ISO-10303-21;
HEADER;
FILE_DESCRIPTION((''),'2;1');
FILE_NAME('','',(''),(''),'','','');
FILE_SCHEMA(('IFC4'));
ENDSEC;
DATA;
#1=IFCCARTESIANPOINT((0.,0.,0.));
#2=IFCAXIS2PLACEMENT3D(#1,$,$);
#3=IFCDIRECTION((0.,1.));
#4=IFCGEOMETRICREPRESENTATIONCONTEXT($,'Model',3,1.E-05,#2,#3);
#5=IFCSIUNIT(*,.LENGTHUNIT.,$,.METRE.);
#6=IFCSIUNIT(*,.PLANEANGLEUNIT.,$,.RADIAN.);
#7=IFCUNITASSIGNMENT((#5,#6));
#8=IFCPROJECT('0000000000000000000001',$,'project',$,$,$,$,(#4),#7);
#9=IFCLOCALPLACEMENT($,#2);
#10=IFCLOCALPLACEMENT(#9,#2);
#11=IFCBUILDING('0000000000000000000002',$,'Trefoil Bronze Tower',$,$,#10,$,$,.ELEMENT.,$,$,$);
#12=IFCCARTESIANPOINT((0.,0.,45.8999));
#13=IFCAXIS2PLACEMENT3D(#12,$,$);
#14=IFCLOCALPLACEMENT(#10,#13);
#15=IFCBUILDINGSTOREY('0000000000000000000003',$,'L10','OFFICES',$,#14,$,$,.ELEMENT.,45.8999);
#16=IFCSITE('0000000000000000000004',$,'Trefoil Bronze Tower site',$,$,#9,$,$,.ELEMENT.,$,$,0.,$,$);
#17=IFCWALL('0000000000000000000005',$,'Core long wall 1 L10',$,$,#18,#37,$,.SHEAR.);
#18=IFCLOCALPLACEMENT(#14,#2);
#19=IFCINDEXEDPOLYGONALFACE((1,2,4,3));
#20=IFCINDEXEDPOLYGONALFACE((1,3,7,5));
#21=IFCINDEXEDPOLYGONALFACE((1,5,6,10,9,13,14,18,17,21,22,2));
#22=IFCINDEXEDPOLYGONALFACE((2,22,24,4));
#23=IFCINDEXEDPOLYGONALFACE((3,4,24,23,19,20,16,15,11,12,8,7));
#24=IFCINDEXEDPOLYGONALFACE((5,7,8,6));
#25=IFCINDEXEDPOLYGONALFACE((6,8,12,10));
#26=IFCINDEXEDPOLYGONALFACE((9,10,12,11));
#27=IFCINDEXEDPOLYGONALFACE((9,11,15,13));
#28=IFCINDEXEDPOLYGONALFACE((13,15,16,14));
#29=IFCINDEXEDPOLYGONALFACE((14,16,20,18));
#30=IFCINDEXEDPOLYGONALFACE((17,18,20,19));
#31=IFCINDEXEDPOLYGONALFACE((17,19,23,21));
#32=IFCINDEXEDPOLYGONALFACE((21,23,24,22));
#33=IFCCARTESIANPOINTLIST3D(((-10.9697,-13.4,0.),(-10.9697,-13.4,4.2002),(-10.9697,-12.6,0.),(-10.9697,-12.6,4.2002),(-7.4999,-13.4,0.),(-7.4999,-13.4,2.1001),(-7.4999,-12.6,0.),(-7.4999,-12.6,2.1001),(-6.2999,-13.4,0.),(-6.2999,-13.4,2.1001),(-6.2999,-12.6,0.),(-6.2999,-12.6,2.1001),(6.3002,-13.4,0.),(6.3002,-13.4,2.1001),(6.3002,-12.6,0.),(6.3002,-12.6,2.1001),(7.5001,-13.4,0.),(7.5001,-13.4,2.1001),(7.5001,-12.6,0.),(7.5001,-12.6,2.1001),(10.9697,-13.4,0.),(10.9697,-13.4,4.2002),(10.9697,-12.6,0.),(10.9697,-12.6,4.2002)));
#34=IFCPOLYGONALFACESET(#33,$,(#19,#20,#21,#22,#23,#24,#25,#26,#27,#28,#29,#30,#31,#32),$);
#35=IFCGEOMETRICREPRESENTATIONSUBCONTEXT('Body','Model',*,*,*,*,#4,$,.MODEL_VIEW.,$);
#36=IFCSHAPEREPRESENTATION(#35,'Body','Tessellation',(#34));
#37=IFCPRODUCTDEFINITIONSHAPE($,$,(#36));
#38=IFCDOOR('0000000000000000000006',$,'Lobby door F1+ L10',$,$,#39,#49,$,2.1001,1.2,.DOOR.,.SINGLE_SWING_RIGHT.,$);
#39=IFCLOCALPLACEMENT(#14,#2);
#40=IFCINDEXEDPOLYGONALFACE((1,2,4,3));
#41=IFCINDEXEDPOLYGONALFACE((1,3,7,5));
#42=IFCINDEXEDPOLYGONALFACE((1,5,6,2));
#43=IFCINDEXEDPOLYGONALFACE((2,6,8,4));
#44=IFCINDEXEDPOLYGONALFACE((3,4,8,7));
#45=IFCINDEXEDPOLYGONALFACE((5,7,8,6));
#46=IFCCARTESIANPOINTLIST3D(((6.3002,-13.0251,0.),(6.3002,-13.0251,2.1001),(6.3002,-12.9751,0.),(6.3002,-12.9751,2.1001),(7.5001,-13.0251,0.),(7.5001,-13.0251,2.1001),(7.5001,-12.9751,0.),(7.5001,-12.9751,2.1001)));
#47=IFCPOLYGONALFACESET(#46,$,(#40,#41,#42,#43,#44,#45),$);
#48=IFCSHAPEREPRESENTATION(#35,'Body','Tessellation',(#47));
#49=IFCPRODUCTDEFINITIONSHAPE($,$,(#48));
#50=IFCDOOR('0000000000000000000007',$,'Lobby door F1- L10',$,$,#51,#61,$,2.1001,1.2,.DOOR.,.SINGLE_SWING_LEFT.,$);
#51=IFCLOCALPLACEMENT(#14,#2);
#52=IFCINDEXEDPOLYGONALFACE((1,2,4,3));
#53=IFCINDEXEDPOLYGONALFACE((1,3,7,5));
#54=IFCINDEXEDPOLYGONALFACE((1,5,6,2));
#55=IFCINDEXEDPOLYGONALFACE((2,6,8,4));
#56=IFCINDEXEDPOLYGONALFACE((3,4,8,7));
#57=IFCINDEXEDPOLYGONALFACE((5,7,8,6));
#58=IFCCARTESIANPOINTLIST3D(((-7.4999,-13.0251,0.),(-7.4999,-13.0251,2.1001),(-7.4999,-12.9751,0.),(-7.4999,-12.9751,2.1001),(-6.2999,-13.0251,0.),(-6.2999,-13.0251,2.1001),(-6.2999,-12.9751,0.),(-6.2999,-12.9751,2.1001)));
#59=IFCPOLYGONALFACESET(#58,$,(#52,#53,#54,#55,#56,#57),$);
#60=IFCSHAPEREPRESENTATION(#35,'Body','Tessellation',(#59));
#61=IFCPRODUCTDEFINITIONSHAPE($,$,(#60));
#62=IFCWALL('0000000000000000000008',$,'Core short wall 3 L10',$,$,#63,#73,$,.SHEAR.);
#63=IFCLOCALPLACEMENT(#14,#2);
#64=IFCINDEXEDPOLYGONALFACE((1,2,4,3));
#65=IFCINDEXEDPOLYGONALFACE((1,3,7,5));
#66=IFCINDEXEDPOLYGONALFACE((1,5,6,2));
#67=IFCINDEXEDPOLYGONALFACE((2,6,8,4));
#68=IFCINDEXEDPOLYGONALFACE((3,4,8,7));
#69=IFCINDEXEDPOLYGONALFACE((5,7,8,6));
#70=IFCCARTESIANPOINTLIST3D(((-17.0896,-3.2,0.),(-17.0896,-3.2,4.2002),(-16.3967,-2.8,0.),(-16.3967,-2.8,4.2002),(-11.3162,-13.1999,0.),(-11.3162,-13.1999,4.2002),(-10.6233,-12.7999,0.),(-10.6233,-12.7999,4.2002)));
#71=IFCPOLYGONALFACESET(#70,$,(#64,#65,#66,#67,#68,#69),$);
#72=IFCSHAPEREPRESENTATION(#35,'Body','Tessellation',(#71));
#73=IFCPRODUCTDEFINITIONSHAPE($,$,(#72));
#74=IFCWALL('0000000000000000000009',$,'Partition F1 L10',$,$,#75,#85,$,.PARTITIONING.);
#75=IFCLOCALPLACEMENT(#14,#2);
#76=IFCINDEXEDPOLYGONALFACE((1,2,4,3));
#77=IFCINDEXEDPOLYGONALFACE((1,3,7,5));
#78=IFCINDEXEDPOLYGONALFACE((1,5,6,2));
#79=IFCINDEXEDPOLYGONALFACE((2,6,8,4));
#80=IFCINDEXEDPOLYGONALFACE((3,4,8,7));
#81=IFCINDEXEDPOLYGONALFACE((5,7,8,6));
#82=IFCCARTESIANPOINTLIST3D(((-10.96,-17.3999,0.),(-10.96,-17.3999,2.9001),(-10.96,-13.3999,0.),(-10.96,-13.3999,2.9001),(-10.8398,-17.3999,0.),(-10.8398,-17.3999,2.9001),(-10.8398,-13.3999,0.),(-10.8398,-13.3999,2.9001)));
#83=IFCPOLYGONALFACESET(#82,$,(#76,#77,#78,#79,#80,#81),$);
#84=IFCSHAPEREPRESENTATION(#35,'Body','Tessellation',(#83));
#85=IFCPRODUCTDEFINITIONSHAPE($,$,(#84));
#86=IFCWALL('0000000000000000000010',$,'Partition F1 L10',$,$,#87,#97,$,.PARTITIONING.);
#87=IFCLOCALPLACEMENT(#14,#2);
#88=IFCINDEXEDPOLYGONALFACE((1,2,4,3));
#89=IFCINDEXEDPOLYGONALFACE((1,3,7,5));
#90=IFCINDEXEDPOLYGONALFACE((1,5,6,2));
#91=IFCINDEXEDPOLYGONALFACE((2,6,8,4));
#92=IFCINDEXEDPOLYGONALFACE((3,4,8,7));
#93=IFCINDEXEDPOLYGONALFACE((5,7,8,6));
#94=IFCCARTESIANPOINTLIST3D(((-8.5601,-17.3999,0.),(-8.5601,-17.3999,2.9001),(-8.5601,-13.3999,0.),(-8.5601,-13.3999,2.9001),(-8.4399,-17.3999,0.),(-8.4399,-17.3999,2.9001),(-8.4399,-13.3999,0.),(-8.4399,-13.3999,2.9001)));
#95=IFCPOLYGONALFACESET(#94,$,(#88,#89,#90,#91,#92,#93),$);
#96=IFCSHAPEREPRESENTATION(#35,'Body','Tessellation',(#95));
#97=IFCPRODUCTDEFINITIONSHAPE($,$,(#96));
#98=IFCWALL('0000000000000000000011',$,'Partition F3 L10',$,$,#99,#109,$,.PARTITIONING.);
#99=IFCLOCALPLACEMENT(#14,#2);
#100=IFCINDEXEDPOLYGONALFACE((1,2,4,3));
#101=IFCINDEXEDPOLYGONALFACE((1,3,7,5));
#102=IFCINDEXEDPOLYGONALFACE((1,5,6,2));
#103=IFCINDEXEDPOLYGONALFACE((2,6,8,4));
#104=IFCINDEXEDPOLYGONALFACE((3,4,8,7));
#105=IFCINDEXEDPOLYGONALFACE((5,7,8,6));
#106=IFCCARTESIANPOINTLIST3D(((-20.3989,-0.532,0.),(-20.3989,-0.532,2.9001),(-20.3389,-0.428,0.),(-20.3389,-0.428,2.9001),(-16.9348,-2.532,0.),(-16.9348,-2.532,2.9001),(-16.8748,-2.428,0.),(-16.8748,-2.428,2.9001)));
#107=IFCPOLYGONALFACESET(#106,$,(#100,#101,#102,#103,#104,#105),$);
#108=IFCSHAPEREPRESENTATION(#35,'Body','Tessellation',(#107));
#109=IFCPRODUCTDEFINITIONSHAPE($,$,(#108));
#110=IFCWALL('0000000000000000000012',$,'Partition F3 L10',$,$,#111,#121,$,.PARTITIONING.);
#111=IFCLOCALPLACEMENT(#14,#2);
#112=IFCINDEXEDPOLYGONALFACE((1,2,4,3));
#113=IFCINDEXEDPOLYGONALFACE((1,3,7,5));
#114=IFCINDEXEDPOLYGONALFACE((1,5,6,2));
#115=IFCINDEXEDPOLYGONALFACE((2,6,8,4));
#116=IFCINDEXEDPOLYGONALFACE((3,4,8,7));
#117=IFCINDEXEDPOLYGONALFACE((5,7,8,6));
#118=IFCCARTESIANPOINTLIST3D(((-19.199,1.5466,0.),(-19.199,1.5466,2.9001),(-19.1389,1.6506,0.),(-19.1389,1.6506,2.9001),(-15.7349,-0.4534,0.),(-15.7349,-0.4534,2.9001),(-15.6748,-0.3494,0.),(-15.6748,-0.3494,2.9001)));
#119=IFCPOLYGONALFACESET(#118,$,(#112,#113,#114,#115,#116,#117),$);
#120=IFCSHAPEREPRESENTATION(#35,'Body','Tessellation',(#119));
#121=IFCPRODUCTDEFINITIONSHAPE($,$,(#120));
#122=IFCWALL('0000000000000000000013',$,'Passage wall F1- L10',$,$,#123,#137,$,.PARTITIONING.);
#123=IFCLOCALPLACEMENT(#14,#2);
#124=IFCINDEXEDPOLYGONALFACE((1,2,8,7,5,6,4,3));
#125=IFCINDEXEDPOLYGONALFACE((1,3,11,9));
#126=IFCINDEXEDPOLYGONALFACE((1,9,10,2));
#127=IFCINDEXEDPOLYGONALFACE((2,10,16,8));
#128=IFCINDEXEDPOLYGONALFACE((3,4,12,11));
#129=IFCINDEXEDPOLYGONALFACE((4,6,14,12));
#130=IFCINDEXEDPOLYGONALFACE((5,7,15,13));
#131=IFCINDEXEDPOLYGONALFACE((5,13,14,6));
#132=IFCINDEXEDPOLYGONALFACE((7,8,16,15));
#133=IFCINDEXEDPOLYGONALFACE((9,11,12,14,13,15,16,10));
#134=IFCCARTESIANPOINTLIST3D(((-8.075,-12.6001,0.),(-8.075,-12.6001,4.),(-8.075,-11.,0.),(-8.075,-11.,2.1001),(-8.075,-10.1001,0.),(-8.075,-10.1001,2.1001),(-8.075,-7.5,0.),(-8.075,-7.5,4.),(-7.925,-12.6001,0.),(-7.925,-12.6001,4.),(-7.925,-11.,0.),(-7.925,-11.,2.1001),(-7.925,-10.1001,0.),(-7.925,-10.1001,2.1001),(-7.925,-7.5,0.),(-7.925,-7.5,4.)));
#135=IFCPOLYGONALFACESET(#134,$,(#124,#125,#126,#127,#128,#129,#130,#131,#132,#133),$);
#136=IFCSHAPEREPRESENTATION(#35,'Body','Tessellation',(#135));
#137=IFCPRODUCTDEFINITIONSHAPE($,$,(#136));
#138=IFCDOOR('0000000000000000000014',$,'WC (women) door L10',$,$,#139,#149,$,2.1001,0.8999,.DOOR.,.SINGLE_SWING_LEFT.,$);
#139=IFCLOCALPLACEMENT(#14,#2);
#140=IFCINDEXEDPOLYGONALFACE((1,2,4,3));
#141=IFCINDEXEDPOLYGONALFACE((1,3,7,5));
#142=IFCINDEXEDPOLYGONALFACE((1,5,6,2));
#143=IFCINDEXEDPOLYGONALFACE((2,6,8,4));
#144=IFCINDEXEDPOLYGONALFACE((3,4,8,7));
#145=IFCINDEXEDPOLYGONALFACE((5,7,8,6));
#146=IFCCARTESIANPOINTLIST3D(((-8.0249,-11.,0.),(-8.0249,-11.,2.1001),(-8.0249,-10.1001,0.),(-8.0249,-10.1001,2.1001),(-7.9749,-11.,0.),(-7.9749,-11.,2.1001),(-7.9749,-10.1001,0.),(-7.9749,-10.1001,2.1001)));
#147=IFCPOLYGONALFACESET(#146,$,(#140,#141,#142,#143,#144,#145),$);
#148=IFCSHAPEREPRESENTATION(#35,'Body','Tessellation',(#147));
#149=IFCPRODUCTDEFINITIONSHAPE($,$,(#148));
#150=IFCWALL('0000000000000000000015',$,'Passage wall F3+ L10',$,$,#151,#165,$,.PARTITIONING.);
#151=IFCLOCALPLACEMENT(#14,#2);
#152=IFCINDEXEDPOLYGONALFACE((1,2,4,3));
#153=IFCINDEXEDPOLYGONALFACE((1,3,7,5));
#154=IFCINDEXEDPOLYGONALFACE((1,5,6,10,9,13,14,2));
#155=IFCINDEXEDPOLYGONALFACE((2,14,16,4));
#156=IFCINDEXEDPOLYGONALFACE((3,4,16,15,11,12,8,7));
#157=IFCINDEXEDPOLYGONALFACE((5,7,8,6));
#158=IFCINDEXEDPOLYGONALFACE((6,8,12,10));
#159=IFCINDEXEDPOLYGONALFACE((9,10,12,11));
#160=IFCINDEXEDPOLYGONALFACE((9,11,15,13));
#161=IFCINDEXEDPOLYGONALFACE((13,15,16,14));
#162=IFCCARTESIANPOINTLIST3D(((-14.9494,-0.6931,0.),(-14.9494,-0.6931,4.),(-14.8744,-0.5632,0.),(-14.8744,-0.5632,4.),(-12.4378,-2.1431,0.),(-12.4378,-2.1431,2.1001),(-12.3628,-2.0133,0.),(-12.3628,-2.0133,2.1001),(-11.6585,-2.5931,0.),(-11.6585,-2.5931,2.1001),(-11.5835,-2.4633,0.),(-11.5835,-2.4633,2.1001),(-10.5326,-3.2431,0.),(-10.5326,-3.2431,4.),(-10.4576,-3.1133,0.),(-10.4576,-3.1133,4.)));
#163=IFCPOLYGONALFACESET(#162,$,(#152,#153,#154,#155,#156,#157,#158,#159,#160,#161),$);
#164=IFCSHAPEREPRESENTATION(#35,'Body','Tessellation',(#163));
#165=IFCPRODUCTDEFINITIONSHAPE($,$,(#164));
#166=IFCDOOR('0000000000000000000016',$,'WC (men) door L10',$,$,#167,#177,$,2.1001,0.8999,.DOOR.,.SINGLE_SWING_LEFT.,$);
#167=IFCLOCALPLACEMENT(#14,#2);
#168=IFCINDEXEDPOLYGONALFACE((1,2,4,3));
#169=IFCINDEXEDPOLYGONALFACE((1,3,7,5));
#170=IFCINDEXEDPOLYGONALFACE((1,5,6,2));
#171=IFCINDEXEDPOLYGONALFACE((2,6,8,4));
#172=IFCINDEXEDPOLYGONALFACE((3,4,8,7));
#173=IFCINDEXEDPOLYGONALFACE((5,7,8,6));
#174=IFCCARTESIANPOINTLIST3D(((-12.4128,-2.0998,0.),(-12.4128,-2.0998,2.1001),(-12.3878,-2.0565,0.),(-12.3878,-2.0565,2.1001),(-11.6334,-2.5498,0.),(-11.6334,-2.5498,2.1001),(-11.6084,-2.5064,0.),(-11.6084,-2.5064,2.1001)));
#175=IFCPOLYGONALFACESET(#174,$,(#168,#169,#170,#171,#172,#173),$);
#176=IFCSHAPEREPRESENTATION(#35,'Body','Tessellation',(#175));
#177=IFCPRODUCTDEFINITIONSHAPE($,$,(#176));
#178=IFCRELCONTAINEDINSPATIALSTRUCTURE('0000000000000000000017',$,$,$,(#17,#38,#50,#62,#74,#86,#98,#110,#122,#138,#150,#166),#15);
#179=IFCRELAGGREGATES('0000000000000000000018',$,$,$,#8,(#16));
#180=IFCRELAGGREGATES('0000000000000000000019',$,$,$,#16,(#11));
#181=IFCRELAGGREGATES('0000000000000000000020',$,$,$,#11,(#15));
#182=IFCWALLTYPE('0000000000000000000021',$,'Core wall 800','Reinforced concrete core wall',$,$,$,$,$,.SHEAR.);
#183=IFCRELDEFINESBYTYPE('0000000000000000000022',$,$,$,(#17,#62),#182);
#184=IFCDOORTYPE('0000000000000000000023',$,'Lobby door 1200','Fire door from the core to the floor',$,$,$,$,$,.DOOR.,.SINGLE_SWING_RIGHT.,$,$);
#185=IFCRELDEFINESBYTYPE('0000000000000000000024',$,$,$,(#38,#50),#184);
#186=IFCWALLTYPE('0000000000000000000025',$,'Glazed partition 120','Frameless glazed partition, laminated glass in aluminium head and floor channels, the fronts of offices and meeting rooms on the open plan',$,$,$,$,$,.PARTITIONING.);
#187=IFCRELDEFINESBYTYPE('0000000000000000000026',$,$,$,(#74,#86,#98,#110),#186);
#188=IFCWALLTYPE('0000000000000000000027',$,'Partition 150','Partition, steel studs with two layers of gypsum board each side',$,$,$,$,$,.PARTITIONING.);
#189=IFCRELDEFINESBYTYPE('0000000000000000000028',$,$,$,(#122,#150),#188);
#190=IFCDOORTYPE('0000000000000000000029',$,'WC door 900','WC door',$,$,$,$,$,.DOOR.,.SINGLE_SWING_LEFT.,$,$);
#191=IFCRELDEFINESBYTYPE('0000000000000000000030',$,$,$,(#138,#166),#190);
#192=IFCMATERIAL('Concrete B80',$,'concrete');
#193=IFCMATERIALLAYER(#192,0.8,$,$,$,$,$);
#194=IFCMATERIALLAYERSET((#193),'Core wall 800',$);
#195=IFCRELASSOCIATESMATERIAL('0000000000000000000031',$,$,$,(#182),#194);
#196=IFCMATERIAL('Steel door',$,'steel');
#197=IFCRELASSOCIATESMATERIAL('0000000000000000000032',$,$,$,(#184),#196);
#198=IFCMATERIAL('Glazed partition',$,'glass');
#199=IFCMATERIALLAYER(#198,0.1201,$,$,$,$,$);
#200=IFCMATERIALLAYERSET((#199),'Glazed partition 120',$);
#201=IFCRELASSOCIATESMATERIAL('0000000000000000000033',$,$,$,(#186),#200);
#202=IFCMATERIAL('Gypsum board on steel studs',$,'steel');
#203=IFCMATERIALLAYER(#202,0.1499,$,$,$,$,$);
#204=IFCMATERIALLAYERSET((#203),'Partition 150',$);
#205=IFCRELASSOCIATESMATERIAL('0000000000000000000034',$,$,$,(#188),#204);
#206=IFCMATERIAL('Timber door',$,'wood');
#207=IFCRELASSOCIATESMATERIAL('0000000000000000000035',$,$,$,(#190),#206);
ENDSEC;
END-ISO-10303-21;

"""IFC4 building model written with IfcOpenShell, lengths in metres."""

from ifc_helpers import new_model, si_unit, direction, frame, frame_2d, origin, place, context, subcontext, project, spatial, rectangle, extrude, material, layer, layer_set, type_object, element, fill, save


model = new_model("IFC4")

# Units and contexts
model_context = context("Model", 3, precision=1e-05, world=origin(), true_north=direction((0.0, 1.0)))
body_context = subcontext(model_context, "Body", "Model", "MODEL_VIEW")
ifc_project = project(units=[si_unit("LENGTHUNIT", "METRE"), si_unit("PLANEANGLEUNIT", "RADIAN")], contexts=[model_context])

# Site, building, storey
site_placement = place(None, origin())
site = spatial("IfcSite", under=ifc_project, at=site_placement, Name="Trefoil Bronze Tower site", CompositionType="ELEMENT", RefElevation=0.0)
building_placement = place(site_placement, origin())
building = spatial("IfcBuilding", under=site, at=building_placement, Name="Trefoil Bronze Tower", CompositionType="ELEMENT")
storey_placement = place(building_placement, frame((0.0, 0.0, 45.8999)))
storey = spatial("IfcBuildingStorey", under=building, at=storey_placement, Name="L10", Description="OFFICES", CompositionType="ELEMENT", Elevation=45.8999)

# Wall, openings, doors
ifc_material_1 = material(Name="Concrete B80", Category="concrete")
ifc_layer_1 = layer(ifc_material_1, 0.8)
ifc_layer_set_1 = layer_set([ifc_layer_1], Name="Core wall 800")
wall_type_1 = type_object("IfcWallType", Name="Core wall 800", Description="Reinforced concrete core wall", PredefinedType="SHEAR", material=ifc_layer_set_1)
wall_1_placement = place(storey_placement, frame((-10.9697, -13.0, 0.0), z_axis=(0.0, 0.0, 1.0), x_axis=(1.0, 0.0, 0.0)))
wall_1 = element("IfcWall", 1, at=wall_1_placement, inside=storey, type_object=wall_type_1, Name="Core long wall 1 L10", PredefinedType="SHEAR", context=body_context, shape_type="SweptSolid", body=[
    extrude(rectangle(XDim=21.9395, YDim=0.8, at=frame_2d((10.9697, 0.0))), origin(), (0.0, 0.0, 1.0), 4.2002),
])
opening_1_placement = place(wall_1_placement, frame((17.2698, 0.0, 0.0)))
opening_1 = element("IfcOpeningElement", 2, at=opening_1_placement, cuts=wall_1, PredefinedType="OPENING", context=body_context, shape_type="SweptSolid", body=[
    extrude(rectangle(XDim=1.2, YDim=2.1001, at=frame_2d((0.6001, 1.05))), frame((0.0, 0.4099, 0.0), z_axis=(0.0, -1.0, 0.0), x_axis=(1.0, 0.0, 0.0)), (0.0, 0.0, 1.0), 0.8201),
])
opening_2_placement = place(wall_1_placement, frame((3.4697, 0.0, 0.0)))
opening_2 = element("IfcOpeningElement", 3, at=opening_2_placement, cuts=wall_1, PredefinedType="OPENING", context=body_context, shape_type="SweptSolid", body=[
    extrude(rectangle(XDim=1.2, YDim=2.1001, at=frame_2d((0.6001, 1.05))), frame((0.0, 0.4099, 0.0), z_axis=(0.0, -1.0, 0.0), x_axis=(1.0, 0.0, 0.0)), (0.0, 0.0, 1.0), 0.8201),
])
ifc_material_2 = material(Name="Steel door", Category="steel")
door_type_1 = type_object("IfcDoorType", Name="Lobby door 1200", Description="Fire door from the core to the floor", OperationType="SINGLE_SWING_RIGHT", PredefinedType="DOOR", material=ifc_material_2)
door_1_placement = place(opening_1_placement, origin())
door_1 = element("IfcDoor", 4, at=door_1_placement, inside=storey, type_object=door_type_1, Name="Lobby door F1+ L10", OperationType="SINGLE_SWING_RIGHT", OverallHeight=2.1001, OverallWidth=1.2, PredefinedType="DOOR", context=body_context, shape_type="SweptSolid", body=[
    extrude(rectangle(XDim=1.2, YDim=2.1001, at=frame_2d((0.6001, 1.05))), frame((0.0, 0.0249, 0.0), z_axis=(0.0, -1.0, 0.0), x_axis=(1.0, 0.0, 0.0)), (0.0, 0.0, 1.0), 0.05),
])
fill(opening_1, door_1)
door_2_placement = place(opening_2_placement, origin())
door_2 = element("IfcDoor", 5, at=door_2_placement, inside=storey, type_object=door_type_1, Name="Lobby door F1- L10", OperationType="SINGLE_SWING_LEFT", OverallHeight=2.1001, OverallWidth=1.2, PredefinedType="DOOR", context=body_context, shape_type="SweptSolid", body=[
    extrude(rectangle(XDim=1.2, YDim=2.1001, at=frame_2d((0.6001, 1.05))), frame((0.0, 0.0249, 0.0), z_axis=(0.0, -1.0, 0.0), x_axis=(1.0, 0.0, 0.0)), (0.0, 0.0, 1.0), 0.05),
])
fill(opening_2, door_2)

# Walls
wall_2_placement = place(storey_placement, frame((-16.7432, -3.0, 0.0), z_axis=(0.0, 0.0, 1.0), x_axis=(0.499996, -0.866028, 0.0)))
element("IfcWall", 6, at=wall_2_placement, inside=storey, type_object=wall_type_1, Name="Core short wall 3 L10", PredefinedType="SHEAR", context=body_context, shape_type="SweptSolid", body=[
    extrude(rectangle(XDim=11.5469, YDim=0.8, at=frame_2d((5.7734, 0.0))), origin(), (0.0, 0.0, 1.0), 4.2002),
])
ifc_material_3 = material(Name="Glazed partition", Category="glass")
ifc_layer_2 = layer(ifc_material_3, 0.1201)
ifc_layer_set_2 = layer_set([ifc_layer_2], Name="Glazed partition 120")
wall_type_2 = type_object("IfcWallType", Name="Glazed partition 120", Description="Frameless glazed partition, laminated glass in aluminium head and floor channels, the fronts of offices and meeting rooms on the open plan", PredefinedType="PARTITIONING", material=ifc_layer_set_2)
for number, where, z_axis, x_axis, name in (
    (7, (-10.8999, -13.3999, 0.0), (0.0, 0.0, 1.0), (0.0, -1.0, 0.0), "Partition F1 L10"),
    (8, (-8.5, -13.3999, 0.0), (0.0, 0.0, 1.0), (0.0, -1.0, 0.0), "Partition F1 L10"),
    (9, (-16.9048, -2.48, 0.0), (0.0, 0.0, 1.0), (-0.866026, 0.499999, 0.0), "Partition F3 L10"),
    (10, (-15.7048, -0.4014, 0.0), (0.0, 0.0, 1.0), (-0.866026, 0.499999, 0.0), "Partition F3 L10"),
):
    element("IfcWall", number, at=place(storey_placement, frame(where, z_axis=z_axis, x_axis=x_axis)), inside=storey, type_object=wall_type_2, Name=name, PredefinedType="PARTITIONING", context=body_context, shape_type="SweptSolid", body=[
        extrude(rectangle(XDim=4.0, YDim=0.1201, at=frame_2d((2.0, 0.0))), origin(), (0.0, 0.0, 1.0), 2.9001),
    ])

# Walls, openings, doors
ifc_material_4 = material(Name="Gypsum board on steel studs", Category="steel")
ifc_layer_3 = layer(ifc_material_4, 0.1499)
ifc_layer_set_3 = layer_set([ifc_layer_3], Name="Partition 150")
wall_type_3 = type_object("IfcWallType", Name="Partition 150", Description="Partition, steel studs with two layers of gypsum board each side", PredefinedType="PARTITIONING", material=ifc_layer_set_3)
wall_3_placement = place(storey_placement, frame((-8.0, -7.5, 0.0), z_axis=(0.0, 0.0, 1.0), x_axis=(0.0, -1.0, 0.0)))
wall_3 = element("IfcWall", 11, at=wall_3_placement, inside=storey, type_object=wall_type_3, Name="Passage wall F1- L10", PredefinedType="PARTITIONING", context=body_context, shape_type="SweptSolid", body=[
    extrude(rectangle(XDim=5.1001, YDim=0.1499, at=frame_2d((2.55, 0.0))), origin(), (0.0, 0.0, 1.0), 4.0),
])
opening_3_placement = place(wall_3_placement, frame((2.6001, 0.0, 0.0)))
opening_3 = element("IfcOpeningElement", 12, at=opening_3_placement, cuts=wall_3, PredefinedType="OPENING", context=body_context, shape_type="SweptSolid", body=[
    extrude(rectangle(XDim=0.8999, YDim=2.1001, at=frame_2d((0.45, 1.05))), frame((0.0, 0.085, 0.0), z_axis=(0.0, -1.0, 0.0), x_axis=(1.0, 0.0, 0.0)), (0.0, 0.0, 1.0), 0.1699),
])
ifc_material_5 = material(Name="Timber door", Category="wood")
door_type_2 = type_object("IfcDoorType", Name="WC door 900", Description="WC door", OperationType="SINGLE_SWING_LEFT", PredefinedType="DOOR", material=ifc_material_5)
door_3_placement = place(opening_3_placement, frame((0.8999, 0.0, 0.0), z_axis=(0.0, 0.0, 1.0), x_axis=(-1.0, 0.0, 0.0)))
door_3 = element("IfcDoor", 13, at=door_3_placement, inside=storey, type_object=door_type_2, Name="WC (women) door L10", OperationType="SINGLE_SWING_LEFT", OverallHeight=2.1001, OverallWidth=0.8999, PredefinedType="DOOR", context=body_context, shape_type="SweptSolid", body=[
    extrude(rectangle(XDim=0.8999, YDim=2.1001, at=frame_2d((0.45, 1.05))), frame((0.0, 0.0249, 0.0), z_axis=(0.0, -1.0, 0.0), x_axis=(1.0, 0.0, 0.0)), (0.0, 0.0, 1.0), 0.05),
])
fill(opening_3, door_3)
wall_4_placement = place(storey_placement, frame((-10.4951, -3.1782, 0.0), z_axis=(0.0, 0.0, 1.0), x_axis=(-0.866022, 0.500006, 0.0)))
wall_4 = element("IfcWall", 14, at=wall_4_placement, inside=storey, type_object=wall_type_3, Name="Passage wall F3+ L10", PredefinedType="PARTITIONING", context=body_context, shape_type="SweptSolid", body=[
    extrude(rectangle(XDim=5.1001, YDim=0.1499, at=frame_2d((2.55, 0.0))), origin(), (0.0, 0.0, 1.0), 4.0),
])
opening_4_placement = place(wall_4_placement, frame((1.3, 0.0, 0.0)))
opening_4 = element("IfcOpeningElement", 15, at=opening_4_placement, cuts=wall_4, PredefinedType="OPENING", context=body_context, shape_type="SweptSolid", body=[
    extrude(rectangle(XDim=0.8999, YDim=2.1001, at=frame_2d((0.45, 1.05))), frame((0.0, 0.085, 0.0), z_axis=(0.0, -1.0, 0.0), x_axis=(1.0, 0.0, 0.0)), (0.0, 0.0, 1.0), 0.1699),
])
door_4_placement = place(opening_4_placement, origin())
door_4 = element("IfcDoor", 16, at=door_4_placement, inside=storey, type_object=door_type_2, Name="WC (men) door L10", OperationType="SINGLE_SWING_LEFT", OverallHeight=2.1001, OverallWidth=0.8999, PredefinedType="DOOR", context=body_context, shape_type="SweptSolid", body=[
    extrude(rectangle(XDim=0.8999, YDim=2.1001, at=frame_2d((0.45, 1.05))), frame((0.0, 0.0249, 0.0), z_axis=(0.0, -1.0, 0.0), x_axis=(1.0, 0.0, 0.0)), (0.0, 0.0, 1.0), 0.05),
])
fill(opening_4, door_4)

save(model, "model.ifc")
